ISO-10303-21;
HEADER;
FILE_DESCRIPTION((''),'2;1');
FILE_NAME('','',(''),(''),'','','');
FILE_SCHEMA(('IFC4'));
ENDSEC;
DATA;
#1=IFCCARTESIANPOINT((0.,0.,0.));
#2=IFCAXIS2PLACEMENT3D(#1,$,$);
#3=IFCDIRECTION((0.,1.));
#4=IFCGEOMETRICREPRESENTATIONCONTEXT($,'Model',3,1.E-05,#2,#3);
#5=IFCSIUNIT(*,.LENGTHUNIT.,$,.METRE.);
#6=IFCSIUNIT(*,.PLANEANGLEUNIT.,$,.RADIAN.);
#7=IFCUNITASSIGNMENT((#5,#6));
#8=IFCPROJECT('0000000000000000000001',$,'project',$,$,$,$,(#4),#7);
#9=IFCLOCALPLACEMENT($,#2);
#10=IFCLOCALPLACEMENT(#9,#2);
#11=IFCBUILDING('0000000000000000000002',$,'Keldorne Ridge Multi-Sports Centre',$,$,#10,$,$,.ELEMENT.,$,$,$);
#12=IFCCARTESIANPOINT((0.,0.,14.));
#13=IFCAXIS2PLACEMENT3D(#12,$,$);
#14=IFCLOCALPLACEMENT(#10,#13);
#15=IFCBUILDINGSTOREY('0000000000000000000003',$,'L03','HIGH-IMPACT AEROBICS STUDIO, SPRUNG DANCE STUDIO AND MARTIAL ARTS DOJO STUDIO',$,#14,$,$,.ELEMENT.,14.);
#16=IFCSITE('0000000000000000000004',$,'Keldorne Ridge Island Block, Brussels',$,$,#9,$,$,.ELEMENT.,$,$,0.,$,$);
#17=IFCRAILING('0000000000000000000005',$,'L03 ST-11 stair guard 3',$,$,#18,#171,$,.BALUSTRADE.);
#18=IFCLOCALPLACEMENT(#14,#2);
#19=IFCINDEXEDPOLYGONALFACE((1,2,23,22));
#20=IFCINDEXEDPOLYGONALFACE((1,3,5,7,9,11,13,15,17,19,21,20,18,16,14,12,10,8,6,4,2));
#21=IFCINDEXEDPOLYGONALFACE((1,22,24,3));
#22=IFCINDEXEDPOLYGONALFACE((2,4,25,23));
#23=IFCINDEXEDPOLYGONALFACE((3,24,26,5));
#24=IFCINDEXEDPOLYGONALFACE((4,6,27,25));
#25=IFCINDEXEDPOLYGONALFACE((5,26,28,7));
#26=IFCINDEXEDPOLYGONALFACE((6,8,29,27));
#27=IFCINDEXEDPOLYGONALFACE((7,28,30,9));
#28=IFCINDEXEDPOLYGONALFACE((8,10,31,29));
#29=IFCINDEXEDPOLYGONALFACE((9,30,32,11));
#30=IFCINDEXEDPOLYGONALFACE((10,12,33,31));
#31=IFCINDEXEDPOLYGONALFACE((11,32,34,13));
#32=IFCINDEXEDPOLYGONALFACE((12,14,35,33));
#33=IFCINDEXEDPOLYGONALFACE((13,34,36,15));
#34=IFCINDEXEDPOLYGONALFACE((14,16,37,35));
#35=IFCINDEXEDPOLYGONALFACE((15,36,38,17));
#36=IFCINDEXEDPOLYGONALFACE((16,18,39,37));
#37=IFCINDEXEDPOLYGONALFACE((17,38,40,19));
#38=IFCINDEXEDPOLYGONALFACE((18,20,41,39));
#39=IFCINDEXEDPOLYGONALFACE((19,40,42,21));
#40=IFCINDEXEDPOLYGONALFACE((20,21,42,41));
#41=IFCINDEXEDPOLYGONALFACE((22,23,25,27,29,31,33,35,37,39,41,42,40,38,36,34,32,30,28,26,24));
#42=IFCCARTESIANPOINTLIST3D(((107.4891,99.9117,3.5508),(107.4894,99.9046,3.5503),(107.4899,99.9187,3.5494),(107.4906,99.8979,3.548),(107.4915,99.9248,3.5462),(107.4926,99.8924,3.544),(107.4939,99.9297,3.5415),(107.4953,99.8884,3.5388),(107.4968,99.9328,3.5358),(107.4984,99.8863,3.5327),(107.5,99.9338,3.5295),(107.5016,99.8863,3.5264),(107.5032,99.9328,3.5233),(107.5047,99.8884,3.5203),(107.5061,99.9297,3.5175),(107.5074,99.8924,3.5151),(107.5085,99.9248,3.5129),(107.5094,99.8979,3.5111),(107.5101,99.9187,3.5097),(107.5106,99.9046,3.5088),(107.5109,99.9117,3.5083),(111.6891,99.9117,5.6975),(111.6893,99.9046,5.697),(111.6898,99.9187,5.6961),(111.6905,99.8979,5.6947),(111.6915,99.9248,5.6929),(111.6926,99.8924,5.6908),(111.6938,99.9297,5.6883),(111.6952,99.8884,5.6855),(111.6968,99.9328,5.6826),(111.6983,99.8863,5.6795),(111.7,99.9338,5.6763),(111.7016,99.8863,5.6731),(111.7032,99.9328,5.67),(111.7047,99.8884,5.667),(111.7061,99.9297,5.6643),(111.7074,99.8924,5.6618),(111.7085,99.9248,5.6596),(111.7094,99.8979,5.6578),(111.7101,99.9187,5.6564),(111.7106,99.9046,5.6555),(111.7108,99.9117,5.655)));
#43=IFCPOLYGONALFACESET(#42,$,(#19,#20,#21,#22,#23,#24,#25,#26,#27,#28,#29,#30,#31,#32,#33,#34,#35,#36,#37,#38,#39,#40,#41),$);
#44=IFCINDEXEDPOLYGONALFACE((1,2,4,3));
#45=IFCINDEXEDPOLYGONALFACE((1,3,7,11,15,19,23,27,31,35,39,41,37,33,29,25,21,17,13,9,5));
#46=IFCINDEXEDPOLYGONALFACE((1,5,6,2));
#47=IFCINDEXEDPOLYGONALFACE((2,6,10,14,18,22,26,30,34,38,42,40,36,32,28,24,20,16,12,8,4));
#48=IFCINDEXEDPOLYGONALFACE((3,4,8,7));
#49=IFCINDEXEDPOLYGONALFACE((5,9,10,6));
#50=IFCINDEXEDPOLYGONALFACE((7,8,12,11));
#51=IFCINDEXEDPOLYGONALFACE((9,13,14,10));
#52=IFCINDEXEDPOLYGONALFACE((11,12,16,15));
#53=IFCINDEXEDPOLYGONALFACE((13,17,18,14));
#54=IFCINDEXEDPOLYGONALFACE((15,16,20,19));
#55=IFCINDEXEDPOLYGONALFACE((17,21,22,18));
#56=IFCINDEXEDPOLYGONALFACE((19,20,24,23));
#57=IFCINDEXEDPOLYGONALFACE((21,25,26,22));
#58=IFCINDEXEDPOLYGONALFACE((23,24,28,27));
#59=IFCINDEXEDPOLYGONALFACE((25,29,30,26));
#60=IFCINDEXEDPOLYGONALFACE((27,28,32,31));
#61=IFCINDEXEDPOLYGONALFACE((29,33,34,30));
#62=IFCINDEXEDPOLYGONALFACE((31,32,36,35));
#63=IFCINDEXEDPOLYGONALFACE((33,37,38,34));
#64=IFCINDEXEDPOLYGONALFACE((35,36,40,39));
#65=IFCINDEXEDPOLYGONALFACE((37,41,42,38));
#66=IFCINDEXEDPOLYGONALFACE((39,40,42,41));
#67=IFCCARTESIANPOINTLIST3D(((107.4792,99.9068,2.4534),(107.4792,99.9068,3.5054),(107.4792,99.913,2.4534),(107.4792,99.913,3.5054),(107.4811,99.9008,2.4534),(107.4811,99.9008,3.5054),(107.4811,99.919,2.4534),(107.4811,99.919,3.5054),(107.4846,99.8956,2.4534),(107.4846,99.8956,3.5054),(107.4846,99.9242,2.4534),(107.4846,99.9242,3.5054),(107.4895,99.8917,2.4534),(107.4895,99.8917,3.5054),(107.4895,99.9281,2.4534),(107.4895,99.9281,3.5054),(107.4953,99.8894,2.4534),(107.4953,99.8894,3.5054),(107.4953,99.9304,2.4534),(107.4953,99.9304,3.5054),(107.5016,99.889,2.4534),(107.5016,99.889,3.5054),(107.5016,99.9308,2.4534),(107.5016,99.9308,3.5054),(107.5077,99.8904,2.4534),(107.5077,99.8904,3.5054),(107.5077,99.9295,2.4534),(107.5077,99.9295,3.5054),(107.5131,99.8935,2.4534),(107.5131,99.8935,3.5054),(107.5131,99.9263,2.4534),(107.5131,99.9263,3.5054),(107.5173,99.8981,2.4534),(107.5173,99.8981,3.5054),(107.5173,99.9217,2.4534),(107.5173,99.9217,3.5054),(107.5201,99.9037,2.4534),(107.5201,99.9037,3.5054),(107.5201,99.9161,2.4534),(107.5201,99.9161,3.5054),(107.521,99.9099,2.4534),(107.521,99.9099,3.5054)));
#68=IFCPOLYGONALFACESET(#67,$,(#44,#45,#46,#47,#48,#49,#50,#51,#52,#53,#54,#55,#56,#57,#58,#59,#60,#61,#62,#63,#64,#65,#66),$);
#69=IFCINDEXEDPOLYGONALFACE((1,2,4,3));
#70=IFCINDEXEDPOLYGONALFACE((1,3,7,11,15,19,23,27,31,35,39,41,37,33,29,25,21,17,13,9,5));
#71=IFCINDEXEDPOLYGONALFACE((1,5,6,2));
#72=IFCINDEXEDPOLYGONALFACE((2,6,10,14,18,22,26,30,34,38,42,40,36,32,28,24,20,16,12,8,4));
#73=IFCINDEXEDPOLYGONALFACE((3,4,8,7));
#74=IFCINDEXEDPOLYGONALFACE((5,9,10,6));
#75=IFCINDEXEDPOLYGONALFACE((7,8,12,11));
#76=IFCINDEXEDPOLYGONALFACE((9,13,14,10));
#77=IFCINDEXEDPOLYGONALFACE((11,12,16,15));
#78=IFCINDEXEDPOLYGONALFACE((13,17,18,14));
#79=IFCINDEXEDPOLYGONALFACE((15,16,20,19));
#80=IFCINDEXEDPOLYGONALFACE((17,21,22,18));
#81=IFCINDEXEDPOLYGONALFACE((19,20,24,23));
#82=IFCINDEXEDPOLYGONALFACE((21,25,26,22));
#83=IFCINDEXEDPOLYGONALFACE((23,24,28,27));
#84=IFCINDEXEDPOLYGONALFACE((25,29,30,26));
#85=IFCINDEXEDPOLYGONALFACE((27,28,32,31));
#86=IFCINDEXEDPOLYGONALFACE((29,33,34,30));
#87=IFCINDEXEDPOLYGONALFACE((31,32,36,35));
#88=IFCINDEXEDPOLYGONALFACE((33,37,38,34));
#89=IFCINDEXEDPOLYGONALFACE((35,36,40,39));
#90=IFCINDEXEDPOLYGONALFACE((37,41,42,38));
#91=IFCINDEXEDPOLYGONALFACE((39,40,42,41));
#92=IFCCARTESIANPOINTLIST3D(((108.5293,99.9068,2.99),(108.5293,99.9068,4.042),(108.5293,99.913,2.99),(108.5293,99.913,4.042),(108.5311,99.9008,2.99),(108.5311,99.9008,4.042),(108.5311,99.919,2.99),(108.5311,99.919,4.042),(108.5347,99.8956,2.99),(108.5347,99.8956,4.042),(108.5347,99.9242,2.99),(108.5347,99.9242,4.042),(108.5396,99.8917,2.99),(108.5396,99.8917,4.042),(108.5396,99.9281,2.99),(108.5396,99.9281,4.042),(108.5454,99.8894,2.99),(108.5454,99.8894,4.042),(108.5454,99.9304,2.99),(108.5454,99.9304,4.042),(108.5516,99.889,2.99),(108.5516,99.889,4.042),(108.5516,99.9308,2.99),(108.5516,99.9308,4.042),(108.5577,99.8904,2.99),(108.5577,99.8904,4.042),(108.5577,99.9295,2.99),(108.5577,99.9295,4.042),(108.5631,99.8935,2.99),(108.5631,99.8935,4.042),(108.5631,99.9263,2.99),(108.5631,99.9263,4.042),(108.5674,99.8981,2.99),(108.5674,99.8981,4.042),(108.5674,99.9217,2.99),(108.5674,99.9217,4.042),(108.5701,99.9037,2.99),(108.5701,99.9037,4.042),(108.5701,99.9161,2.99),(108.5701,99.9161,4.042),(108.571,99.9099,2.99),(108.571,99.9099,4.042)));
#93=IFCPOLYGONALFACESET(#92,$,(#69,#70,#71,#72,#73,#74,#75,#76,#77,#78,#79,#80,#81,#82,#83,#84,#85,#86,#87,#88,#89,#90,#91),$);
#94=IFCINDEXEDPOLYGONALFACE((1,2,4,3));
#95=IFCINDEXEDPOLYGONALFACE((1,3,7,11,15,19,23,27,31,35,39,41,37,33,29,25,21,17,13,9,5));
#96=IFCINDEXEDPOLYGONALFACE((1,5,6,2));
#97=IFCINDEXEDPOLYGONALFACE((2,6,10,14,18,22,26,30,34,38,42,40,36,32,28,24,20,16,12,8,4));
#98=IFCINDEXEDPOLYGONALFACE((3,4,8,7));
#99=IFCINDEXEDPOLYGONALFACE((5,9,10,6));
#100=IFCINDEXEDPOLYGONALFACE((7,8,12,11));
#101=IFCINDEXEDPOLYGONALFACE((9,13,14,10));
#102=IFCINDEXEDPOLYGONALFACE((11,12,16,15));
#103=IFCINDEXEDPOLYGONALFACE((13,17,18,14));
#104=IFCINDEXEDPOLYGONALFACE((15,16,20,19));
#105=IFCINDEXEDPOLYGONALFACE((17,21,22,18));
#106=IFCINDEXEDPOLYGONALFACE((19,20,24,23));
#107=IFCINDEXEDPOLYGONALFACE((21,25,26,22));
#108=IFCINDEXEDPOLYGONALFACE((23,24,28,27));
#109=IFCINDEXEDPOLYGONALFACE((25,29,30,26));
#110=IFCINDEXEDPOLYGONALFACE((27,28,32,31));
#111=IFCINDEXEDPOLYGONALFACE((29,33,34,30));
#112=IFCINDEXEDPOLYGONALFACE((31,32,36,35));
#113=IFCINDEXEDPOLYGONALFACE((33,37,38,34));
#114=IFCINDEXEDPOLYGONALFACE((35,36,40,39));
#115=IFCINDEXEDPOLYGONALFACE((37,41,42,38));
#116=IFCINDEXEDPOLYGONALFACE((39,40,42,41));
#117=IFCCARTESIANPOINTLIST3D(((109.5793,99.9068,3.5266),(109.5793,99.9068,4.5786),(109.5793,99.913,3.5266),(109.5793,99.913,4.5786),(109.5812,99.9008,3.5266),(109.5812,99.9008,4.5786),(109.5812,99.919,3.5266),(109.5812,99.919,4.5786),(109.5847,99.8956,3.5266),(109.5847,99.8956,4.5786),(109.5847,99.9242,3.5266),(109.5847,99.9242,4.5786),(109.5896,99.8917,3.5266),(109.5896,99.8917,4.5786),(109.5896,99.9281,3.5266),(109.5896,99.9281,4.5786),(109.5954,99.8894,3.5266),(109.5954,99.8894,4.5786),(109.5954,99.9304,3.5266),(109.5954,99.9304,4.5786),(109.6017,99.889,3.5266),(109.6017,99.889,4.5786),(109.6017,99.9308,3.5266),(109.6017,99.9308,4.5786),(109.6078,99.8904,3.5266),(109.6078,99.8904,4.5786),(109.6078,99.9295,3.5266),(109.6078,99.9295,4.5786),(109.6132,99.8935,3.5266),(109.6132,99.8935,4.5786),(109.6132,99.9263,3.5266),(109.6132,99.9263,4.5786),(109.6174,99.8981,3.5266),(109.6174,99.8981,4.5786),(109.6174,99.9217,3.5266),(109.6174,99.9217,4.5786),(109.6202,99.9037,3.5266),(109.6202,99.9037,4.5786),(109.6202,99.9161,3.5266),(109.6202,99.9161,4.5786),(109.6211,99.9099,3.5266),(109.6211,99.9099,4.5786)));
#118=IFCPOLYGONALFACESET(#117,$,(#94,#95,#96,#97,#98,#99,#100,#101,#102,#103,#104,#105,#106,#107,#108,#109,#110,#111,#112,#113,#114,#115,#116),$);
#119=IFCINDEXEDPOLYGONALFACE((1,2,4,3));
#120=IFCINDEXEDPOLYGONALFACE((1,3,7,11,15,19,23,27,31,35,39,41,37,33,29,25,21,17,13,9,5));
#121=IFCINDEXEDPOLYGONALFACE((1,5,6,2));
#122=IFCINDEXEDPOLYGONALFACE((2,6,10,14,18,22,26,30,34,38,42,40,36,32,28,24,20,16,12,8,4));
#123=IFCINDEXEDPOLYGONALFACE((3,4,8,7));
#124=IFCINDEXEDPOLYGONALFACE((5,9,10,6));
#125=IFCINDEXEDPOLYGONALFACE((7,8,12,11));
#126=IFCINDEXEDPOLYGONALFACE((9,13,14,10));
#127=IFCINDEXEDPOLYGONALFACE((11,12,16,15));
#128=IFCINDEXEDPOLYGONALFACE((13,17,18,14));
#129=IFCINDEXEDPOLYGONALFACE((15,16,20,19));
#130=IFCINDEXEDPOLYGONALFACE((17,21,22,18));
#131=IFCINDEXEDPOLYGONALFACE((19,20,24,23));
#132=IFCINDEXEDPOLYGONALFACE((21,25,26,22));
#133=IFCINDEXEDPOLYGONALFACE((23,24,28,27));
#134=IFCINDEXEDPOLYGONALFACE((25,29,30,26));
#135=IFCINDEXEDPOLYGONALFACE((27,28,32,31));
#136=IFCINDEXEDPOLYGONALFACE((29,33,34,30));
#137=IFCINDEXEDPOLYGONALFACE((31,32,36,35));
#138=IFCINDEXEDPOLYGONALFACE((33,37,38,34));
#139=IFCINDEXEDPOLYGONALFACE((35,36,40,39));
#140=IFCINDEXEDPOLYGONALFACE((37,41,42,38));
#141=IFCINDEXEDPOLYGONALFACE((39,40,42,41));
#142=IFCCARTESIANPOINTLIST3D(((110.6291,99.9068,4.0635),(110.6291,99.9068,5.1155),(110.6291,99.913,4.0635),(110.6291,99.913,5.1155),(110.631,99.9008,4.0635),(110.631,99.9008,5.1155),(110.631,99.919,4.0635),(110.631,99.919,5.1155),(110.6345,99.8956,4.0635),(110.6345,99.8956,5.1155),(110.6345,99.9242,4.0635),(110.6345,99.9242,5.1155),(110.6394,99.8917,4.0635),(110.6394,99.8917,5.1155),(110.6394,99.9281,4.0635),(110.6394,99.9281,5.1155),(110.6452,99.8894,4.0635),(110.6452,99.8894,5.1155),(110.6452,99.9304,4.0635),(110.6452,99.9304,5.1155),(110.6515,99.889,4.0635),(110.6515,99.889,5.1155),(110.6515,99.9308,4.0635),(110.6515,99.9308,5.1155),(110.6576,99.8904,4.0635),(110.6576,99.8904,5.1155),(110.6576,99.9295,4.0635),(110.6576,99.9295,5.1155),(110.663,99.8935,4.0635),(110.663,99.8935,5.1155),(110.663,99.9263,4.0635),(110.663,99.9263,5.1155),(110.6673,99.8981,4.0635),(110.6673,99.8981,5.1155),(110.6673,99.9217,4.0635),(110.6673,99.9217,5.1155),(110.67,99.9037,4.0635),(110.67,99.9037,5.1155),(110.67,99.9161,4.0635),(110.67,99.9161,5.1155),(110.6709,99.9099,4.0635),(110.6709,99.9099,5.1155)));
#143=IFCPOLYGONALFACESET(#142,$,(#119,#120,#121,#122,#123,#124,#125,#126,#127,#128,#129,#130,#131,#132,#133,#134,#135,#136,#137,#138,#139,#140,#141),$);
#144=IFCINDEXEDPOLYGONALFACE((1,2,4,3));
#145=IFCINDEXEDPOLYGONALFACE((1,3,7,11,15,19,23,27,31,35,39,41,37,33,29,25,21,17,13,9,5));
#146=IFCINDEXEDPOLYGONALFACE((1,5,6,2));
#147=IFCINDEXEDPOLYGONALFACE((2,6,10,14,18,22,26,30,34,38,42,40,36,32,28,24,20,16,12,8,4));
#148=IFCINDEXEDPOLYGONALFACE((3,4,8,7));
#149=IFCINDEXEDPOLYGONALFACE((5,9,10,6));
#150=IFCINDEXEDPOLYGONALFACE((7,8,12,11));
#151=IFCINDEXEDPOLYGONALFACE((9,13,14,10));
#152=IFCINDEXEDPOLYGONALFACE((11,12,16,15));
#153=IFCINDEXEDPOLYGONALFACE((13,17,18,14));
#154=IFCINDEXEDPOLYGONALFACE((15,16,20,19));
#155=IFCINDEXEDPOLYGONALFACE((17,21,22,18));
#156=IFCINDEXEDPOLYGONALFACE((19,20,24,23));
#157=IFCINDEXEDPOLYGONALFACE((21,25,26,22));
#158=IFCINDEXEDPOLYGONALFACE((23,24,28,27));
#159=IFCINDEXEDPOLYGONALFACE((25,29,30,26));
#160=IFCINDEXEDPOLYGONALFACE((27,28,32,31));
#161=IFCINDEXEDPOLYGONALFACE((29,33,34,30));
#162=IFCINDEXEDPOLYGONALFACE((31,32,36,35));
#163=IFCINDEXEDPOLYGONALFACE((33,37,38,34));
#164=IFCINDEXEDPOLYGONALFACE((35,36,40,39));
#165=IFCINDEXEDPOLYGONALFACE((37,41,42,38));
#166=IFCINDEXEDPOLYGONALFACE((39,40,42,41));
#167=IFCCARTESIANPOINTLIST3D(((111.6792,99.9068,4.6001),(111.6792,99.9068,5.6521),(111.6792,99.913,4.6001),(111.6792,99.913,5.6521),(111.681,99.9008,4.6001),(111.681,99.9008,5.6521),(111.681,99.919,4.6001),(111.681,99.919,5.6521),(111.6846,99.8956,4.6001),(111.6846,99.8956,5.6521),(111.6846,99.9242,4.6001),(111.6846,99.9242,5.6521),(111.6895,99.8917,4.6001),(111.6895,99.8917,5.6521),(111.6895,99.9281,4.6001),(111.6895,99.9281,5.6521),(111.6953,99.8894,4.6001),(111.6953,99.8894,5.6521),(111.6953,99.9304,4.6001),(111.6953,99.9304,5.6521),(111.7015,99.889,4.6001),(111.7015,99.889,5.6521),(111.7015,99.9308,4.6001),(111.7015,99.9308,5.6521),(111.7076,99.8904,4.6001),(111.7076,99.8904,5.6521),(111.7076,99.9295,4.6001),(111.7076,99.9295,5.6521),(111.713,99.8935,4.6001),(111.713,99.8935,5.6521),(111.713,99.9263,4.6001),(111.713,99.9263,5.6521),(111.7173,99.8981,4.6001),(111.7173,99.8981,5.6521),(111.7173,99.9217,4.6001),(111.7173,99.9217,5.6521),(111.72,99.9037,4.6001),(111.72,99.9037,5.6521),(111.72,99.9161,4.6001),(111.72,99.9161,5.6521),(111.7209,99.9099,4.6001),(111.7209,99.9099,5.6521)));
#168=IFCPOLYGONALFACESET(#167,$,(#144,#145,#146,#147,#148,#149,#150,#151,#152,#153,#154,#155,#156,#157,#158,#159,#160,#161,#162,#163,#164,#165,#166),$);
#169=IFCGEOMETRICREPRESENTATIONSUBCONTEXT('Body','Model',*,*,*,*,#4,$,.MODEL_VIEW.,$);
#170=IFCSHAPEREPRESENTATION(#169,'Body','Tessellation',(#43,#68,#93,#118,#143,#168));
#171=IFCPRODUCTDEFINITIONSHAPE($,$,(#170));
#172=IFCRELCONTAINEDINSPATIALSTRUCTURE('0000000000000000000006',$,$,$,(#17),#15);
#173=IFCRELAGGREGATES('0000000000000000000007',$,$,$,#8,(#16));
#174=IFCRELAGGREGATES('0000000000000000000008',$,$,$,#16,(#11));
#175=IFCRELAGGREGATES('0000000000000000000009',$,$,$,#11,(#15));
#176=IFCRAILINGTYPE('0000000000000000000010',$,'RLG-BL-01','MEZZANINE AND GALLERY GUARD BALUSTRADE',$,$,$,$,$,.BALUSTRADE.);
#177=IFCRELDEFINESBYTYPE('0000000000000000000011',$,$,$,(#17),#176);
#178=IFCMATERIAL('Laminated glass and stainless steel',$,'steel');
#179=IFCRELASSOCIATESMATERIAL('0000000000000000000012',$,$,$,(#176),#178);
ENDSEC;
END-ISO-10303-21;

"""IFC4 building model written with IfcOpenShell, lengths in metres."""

from ifc_helpers import new_model, si_unit, direction, frame, origin, origin_2d, place, context, subcontext, project, spatial, circle, extrude, material, type_object, element, save


model = new_model("IFC4")

# Units and contexts
model_context = context("Model", 3, precision=1e-05, world=origin(), true_north=direction((0.0, 1.0)))
body_context = subcontext(model_context, "Body", "Model", "MODEL_VIEW")
ifc_project = project(units=[si_unit("LENGTHUNIT", "METRE"), si_unit("PLANEANGLEUNIT", "RADIAN")], contexts=[model_context])

# Site, building, storey
site_placement = place(None, origin())
site = spatial("IfcSite", under=ifc_project, at=site_placement, Name="Keldorne Ridge Island Block, Brussels", CompositionType="ELEMENT", RefElevation=0.0)
building_placement = place(site_placement, origin())
building = spatial("IfcBuilding", under=site, at=building_placement, Name="Keldorne Ridge Multi-Sports Centre", CompositionType="ELEMENT")
storey_placement = place(building_placement, frame((0.0, 0.0, 14.0)))
storey = spatial("IfcBuildingStorey", under=building, at=storey_placement, Name="L03", Description="HIGH-IMPACT AEROBICS STUDIO, SPRUNG DANCE STUDIO AND MARTIAL ARTS DOJO STUDIO", CompositionType="ELEMENT", Elevation=14.0)

# Railing
ifc_material_1 = material(Name="Laminated glass and stainless steel", Category="steel")
railing_type_1 = type_object("IfcRailingType", Name="RLG-BL-01", Description="MEZZANINE AND GALLERY GUARD BALUSTRADE", PredefinedType="BALUSTRADE", material=ifc_material_1)
railing_1_placement = place(storey_placement, frame((107.5, 99.9099, 2.4534)))
element("IfcRailing", 1, at=railing_1_placement, inside=storey, type_object=railing_type_1, Name="L03 ST-11 stair guard 3", PredefinedType="BALUSTRADE", context=body_context, shape_type="SweptSolid", body=[
    extrude(circle(Radius=0.0239, at=origin_2d()), frame((0.0, 0.0, 1.0762), z_axis=(0.890427, 0.0, 0.455126), x_axis=(0.0, 1.0, 0.0)), (0.0, 0.0, 1.0), 4.7168),
    extrude(circle(Radius=0.021, at=origin_2d()), origin(), (0.0, 0.0, 1.0), 1.052),
    extrude(circle(Radius=0.021, at=origin_2d()), frame((1.05, 0.0, 0.5366)), (0.0, 0.0, 1.0), 1.052),
    extrude(circle(Radius=0.021, at=origin_2d()), frame((2.1001, 0.0, 1.0732)), (0.0, 0.0, 1.0), 1.052),
    extrude(circle(Radius=0.021, at=origin_2d()), frame((3.1499, 0.0, 1.6101)), (0.0, 0.0, 1.0), 1.052),
    extrude(circle(Radius=0.021, at=origin_2d()), frame((4.2, 0.0, 2.1467)), (0.0, 0.0, 1.0), 1.052),
])

save(model, "model.ifc")
